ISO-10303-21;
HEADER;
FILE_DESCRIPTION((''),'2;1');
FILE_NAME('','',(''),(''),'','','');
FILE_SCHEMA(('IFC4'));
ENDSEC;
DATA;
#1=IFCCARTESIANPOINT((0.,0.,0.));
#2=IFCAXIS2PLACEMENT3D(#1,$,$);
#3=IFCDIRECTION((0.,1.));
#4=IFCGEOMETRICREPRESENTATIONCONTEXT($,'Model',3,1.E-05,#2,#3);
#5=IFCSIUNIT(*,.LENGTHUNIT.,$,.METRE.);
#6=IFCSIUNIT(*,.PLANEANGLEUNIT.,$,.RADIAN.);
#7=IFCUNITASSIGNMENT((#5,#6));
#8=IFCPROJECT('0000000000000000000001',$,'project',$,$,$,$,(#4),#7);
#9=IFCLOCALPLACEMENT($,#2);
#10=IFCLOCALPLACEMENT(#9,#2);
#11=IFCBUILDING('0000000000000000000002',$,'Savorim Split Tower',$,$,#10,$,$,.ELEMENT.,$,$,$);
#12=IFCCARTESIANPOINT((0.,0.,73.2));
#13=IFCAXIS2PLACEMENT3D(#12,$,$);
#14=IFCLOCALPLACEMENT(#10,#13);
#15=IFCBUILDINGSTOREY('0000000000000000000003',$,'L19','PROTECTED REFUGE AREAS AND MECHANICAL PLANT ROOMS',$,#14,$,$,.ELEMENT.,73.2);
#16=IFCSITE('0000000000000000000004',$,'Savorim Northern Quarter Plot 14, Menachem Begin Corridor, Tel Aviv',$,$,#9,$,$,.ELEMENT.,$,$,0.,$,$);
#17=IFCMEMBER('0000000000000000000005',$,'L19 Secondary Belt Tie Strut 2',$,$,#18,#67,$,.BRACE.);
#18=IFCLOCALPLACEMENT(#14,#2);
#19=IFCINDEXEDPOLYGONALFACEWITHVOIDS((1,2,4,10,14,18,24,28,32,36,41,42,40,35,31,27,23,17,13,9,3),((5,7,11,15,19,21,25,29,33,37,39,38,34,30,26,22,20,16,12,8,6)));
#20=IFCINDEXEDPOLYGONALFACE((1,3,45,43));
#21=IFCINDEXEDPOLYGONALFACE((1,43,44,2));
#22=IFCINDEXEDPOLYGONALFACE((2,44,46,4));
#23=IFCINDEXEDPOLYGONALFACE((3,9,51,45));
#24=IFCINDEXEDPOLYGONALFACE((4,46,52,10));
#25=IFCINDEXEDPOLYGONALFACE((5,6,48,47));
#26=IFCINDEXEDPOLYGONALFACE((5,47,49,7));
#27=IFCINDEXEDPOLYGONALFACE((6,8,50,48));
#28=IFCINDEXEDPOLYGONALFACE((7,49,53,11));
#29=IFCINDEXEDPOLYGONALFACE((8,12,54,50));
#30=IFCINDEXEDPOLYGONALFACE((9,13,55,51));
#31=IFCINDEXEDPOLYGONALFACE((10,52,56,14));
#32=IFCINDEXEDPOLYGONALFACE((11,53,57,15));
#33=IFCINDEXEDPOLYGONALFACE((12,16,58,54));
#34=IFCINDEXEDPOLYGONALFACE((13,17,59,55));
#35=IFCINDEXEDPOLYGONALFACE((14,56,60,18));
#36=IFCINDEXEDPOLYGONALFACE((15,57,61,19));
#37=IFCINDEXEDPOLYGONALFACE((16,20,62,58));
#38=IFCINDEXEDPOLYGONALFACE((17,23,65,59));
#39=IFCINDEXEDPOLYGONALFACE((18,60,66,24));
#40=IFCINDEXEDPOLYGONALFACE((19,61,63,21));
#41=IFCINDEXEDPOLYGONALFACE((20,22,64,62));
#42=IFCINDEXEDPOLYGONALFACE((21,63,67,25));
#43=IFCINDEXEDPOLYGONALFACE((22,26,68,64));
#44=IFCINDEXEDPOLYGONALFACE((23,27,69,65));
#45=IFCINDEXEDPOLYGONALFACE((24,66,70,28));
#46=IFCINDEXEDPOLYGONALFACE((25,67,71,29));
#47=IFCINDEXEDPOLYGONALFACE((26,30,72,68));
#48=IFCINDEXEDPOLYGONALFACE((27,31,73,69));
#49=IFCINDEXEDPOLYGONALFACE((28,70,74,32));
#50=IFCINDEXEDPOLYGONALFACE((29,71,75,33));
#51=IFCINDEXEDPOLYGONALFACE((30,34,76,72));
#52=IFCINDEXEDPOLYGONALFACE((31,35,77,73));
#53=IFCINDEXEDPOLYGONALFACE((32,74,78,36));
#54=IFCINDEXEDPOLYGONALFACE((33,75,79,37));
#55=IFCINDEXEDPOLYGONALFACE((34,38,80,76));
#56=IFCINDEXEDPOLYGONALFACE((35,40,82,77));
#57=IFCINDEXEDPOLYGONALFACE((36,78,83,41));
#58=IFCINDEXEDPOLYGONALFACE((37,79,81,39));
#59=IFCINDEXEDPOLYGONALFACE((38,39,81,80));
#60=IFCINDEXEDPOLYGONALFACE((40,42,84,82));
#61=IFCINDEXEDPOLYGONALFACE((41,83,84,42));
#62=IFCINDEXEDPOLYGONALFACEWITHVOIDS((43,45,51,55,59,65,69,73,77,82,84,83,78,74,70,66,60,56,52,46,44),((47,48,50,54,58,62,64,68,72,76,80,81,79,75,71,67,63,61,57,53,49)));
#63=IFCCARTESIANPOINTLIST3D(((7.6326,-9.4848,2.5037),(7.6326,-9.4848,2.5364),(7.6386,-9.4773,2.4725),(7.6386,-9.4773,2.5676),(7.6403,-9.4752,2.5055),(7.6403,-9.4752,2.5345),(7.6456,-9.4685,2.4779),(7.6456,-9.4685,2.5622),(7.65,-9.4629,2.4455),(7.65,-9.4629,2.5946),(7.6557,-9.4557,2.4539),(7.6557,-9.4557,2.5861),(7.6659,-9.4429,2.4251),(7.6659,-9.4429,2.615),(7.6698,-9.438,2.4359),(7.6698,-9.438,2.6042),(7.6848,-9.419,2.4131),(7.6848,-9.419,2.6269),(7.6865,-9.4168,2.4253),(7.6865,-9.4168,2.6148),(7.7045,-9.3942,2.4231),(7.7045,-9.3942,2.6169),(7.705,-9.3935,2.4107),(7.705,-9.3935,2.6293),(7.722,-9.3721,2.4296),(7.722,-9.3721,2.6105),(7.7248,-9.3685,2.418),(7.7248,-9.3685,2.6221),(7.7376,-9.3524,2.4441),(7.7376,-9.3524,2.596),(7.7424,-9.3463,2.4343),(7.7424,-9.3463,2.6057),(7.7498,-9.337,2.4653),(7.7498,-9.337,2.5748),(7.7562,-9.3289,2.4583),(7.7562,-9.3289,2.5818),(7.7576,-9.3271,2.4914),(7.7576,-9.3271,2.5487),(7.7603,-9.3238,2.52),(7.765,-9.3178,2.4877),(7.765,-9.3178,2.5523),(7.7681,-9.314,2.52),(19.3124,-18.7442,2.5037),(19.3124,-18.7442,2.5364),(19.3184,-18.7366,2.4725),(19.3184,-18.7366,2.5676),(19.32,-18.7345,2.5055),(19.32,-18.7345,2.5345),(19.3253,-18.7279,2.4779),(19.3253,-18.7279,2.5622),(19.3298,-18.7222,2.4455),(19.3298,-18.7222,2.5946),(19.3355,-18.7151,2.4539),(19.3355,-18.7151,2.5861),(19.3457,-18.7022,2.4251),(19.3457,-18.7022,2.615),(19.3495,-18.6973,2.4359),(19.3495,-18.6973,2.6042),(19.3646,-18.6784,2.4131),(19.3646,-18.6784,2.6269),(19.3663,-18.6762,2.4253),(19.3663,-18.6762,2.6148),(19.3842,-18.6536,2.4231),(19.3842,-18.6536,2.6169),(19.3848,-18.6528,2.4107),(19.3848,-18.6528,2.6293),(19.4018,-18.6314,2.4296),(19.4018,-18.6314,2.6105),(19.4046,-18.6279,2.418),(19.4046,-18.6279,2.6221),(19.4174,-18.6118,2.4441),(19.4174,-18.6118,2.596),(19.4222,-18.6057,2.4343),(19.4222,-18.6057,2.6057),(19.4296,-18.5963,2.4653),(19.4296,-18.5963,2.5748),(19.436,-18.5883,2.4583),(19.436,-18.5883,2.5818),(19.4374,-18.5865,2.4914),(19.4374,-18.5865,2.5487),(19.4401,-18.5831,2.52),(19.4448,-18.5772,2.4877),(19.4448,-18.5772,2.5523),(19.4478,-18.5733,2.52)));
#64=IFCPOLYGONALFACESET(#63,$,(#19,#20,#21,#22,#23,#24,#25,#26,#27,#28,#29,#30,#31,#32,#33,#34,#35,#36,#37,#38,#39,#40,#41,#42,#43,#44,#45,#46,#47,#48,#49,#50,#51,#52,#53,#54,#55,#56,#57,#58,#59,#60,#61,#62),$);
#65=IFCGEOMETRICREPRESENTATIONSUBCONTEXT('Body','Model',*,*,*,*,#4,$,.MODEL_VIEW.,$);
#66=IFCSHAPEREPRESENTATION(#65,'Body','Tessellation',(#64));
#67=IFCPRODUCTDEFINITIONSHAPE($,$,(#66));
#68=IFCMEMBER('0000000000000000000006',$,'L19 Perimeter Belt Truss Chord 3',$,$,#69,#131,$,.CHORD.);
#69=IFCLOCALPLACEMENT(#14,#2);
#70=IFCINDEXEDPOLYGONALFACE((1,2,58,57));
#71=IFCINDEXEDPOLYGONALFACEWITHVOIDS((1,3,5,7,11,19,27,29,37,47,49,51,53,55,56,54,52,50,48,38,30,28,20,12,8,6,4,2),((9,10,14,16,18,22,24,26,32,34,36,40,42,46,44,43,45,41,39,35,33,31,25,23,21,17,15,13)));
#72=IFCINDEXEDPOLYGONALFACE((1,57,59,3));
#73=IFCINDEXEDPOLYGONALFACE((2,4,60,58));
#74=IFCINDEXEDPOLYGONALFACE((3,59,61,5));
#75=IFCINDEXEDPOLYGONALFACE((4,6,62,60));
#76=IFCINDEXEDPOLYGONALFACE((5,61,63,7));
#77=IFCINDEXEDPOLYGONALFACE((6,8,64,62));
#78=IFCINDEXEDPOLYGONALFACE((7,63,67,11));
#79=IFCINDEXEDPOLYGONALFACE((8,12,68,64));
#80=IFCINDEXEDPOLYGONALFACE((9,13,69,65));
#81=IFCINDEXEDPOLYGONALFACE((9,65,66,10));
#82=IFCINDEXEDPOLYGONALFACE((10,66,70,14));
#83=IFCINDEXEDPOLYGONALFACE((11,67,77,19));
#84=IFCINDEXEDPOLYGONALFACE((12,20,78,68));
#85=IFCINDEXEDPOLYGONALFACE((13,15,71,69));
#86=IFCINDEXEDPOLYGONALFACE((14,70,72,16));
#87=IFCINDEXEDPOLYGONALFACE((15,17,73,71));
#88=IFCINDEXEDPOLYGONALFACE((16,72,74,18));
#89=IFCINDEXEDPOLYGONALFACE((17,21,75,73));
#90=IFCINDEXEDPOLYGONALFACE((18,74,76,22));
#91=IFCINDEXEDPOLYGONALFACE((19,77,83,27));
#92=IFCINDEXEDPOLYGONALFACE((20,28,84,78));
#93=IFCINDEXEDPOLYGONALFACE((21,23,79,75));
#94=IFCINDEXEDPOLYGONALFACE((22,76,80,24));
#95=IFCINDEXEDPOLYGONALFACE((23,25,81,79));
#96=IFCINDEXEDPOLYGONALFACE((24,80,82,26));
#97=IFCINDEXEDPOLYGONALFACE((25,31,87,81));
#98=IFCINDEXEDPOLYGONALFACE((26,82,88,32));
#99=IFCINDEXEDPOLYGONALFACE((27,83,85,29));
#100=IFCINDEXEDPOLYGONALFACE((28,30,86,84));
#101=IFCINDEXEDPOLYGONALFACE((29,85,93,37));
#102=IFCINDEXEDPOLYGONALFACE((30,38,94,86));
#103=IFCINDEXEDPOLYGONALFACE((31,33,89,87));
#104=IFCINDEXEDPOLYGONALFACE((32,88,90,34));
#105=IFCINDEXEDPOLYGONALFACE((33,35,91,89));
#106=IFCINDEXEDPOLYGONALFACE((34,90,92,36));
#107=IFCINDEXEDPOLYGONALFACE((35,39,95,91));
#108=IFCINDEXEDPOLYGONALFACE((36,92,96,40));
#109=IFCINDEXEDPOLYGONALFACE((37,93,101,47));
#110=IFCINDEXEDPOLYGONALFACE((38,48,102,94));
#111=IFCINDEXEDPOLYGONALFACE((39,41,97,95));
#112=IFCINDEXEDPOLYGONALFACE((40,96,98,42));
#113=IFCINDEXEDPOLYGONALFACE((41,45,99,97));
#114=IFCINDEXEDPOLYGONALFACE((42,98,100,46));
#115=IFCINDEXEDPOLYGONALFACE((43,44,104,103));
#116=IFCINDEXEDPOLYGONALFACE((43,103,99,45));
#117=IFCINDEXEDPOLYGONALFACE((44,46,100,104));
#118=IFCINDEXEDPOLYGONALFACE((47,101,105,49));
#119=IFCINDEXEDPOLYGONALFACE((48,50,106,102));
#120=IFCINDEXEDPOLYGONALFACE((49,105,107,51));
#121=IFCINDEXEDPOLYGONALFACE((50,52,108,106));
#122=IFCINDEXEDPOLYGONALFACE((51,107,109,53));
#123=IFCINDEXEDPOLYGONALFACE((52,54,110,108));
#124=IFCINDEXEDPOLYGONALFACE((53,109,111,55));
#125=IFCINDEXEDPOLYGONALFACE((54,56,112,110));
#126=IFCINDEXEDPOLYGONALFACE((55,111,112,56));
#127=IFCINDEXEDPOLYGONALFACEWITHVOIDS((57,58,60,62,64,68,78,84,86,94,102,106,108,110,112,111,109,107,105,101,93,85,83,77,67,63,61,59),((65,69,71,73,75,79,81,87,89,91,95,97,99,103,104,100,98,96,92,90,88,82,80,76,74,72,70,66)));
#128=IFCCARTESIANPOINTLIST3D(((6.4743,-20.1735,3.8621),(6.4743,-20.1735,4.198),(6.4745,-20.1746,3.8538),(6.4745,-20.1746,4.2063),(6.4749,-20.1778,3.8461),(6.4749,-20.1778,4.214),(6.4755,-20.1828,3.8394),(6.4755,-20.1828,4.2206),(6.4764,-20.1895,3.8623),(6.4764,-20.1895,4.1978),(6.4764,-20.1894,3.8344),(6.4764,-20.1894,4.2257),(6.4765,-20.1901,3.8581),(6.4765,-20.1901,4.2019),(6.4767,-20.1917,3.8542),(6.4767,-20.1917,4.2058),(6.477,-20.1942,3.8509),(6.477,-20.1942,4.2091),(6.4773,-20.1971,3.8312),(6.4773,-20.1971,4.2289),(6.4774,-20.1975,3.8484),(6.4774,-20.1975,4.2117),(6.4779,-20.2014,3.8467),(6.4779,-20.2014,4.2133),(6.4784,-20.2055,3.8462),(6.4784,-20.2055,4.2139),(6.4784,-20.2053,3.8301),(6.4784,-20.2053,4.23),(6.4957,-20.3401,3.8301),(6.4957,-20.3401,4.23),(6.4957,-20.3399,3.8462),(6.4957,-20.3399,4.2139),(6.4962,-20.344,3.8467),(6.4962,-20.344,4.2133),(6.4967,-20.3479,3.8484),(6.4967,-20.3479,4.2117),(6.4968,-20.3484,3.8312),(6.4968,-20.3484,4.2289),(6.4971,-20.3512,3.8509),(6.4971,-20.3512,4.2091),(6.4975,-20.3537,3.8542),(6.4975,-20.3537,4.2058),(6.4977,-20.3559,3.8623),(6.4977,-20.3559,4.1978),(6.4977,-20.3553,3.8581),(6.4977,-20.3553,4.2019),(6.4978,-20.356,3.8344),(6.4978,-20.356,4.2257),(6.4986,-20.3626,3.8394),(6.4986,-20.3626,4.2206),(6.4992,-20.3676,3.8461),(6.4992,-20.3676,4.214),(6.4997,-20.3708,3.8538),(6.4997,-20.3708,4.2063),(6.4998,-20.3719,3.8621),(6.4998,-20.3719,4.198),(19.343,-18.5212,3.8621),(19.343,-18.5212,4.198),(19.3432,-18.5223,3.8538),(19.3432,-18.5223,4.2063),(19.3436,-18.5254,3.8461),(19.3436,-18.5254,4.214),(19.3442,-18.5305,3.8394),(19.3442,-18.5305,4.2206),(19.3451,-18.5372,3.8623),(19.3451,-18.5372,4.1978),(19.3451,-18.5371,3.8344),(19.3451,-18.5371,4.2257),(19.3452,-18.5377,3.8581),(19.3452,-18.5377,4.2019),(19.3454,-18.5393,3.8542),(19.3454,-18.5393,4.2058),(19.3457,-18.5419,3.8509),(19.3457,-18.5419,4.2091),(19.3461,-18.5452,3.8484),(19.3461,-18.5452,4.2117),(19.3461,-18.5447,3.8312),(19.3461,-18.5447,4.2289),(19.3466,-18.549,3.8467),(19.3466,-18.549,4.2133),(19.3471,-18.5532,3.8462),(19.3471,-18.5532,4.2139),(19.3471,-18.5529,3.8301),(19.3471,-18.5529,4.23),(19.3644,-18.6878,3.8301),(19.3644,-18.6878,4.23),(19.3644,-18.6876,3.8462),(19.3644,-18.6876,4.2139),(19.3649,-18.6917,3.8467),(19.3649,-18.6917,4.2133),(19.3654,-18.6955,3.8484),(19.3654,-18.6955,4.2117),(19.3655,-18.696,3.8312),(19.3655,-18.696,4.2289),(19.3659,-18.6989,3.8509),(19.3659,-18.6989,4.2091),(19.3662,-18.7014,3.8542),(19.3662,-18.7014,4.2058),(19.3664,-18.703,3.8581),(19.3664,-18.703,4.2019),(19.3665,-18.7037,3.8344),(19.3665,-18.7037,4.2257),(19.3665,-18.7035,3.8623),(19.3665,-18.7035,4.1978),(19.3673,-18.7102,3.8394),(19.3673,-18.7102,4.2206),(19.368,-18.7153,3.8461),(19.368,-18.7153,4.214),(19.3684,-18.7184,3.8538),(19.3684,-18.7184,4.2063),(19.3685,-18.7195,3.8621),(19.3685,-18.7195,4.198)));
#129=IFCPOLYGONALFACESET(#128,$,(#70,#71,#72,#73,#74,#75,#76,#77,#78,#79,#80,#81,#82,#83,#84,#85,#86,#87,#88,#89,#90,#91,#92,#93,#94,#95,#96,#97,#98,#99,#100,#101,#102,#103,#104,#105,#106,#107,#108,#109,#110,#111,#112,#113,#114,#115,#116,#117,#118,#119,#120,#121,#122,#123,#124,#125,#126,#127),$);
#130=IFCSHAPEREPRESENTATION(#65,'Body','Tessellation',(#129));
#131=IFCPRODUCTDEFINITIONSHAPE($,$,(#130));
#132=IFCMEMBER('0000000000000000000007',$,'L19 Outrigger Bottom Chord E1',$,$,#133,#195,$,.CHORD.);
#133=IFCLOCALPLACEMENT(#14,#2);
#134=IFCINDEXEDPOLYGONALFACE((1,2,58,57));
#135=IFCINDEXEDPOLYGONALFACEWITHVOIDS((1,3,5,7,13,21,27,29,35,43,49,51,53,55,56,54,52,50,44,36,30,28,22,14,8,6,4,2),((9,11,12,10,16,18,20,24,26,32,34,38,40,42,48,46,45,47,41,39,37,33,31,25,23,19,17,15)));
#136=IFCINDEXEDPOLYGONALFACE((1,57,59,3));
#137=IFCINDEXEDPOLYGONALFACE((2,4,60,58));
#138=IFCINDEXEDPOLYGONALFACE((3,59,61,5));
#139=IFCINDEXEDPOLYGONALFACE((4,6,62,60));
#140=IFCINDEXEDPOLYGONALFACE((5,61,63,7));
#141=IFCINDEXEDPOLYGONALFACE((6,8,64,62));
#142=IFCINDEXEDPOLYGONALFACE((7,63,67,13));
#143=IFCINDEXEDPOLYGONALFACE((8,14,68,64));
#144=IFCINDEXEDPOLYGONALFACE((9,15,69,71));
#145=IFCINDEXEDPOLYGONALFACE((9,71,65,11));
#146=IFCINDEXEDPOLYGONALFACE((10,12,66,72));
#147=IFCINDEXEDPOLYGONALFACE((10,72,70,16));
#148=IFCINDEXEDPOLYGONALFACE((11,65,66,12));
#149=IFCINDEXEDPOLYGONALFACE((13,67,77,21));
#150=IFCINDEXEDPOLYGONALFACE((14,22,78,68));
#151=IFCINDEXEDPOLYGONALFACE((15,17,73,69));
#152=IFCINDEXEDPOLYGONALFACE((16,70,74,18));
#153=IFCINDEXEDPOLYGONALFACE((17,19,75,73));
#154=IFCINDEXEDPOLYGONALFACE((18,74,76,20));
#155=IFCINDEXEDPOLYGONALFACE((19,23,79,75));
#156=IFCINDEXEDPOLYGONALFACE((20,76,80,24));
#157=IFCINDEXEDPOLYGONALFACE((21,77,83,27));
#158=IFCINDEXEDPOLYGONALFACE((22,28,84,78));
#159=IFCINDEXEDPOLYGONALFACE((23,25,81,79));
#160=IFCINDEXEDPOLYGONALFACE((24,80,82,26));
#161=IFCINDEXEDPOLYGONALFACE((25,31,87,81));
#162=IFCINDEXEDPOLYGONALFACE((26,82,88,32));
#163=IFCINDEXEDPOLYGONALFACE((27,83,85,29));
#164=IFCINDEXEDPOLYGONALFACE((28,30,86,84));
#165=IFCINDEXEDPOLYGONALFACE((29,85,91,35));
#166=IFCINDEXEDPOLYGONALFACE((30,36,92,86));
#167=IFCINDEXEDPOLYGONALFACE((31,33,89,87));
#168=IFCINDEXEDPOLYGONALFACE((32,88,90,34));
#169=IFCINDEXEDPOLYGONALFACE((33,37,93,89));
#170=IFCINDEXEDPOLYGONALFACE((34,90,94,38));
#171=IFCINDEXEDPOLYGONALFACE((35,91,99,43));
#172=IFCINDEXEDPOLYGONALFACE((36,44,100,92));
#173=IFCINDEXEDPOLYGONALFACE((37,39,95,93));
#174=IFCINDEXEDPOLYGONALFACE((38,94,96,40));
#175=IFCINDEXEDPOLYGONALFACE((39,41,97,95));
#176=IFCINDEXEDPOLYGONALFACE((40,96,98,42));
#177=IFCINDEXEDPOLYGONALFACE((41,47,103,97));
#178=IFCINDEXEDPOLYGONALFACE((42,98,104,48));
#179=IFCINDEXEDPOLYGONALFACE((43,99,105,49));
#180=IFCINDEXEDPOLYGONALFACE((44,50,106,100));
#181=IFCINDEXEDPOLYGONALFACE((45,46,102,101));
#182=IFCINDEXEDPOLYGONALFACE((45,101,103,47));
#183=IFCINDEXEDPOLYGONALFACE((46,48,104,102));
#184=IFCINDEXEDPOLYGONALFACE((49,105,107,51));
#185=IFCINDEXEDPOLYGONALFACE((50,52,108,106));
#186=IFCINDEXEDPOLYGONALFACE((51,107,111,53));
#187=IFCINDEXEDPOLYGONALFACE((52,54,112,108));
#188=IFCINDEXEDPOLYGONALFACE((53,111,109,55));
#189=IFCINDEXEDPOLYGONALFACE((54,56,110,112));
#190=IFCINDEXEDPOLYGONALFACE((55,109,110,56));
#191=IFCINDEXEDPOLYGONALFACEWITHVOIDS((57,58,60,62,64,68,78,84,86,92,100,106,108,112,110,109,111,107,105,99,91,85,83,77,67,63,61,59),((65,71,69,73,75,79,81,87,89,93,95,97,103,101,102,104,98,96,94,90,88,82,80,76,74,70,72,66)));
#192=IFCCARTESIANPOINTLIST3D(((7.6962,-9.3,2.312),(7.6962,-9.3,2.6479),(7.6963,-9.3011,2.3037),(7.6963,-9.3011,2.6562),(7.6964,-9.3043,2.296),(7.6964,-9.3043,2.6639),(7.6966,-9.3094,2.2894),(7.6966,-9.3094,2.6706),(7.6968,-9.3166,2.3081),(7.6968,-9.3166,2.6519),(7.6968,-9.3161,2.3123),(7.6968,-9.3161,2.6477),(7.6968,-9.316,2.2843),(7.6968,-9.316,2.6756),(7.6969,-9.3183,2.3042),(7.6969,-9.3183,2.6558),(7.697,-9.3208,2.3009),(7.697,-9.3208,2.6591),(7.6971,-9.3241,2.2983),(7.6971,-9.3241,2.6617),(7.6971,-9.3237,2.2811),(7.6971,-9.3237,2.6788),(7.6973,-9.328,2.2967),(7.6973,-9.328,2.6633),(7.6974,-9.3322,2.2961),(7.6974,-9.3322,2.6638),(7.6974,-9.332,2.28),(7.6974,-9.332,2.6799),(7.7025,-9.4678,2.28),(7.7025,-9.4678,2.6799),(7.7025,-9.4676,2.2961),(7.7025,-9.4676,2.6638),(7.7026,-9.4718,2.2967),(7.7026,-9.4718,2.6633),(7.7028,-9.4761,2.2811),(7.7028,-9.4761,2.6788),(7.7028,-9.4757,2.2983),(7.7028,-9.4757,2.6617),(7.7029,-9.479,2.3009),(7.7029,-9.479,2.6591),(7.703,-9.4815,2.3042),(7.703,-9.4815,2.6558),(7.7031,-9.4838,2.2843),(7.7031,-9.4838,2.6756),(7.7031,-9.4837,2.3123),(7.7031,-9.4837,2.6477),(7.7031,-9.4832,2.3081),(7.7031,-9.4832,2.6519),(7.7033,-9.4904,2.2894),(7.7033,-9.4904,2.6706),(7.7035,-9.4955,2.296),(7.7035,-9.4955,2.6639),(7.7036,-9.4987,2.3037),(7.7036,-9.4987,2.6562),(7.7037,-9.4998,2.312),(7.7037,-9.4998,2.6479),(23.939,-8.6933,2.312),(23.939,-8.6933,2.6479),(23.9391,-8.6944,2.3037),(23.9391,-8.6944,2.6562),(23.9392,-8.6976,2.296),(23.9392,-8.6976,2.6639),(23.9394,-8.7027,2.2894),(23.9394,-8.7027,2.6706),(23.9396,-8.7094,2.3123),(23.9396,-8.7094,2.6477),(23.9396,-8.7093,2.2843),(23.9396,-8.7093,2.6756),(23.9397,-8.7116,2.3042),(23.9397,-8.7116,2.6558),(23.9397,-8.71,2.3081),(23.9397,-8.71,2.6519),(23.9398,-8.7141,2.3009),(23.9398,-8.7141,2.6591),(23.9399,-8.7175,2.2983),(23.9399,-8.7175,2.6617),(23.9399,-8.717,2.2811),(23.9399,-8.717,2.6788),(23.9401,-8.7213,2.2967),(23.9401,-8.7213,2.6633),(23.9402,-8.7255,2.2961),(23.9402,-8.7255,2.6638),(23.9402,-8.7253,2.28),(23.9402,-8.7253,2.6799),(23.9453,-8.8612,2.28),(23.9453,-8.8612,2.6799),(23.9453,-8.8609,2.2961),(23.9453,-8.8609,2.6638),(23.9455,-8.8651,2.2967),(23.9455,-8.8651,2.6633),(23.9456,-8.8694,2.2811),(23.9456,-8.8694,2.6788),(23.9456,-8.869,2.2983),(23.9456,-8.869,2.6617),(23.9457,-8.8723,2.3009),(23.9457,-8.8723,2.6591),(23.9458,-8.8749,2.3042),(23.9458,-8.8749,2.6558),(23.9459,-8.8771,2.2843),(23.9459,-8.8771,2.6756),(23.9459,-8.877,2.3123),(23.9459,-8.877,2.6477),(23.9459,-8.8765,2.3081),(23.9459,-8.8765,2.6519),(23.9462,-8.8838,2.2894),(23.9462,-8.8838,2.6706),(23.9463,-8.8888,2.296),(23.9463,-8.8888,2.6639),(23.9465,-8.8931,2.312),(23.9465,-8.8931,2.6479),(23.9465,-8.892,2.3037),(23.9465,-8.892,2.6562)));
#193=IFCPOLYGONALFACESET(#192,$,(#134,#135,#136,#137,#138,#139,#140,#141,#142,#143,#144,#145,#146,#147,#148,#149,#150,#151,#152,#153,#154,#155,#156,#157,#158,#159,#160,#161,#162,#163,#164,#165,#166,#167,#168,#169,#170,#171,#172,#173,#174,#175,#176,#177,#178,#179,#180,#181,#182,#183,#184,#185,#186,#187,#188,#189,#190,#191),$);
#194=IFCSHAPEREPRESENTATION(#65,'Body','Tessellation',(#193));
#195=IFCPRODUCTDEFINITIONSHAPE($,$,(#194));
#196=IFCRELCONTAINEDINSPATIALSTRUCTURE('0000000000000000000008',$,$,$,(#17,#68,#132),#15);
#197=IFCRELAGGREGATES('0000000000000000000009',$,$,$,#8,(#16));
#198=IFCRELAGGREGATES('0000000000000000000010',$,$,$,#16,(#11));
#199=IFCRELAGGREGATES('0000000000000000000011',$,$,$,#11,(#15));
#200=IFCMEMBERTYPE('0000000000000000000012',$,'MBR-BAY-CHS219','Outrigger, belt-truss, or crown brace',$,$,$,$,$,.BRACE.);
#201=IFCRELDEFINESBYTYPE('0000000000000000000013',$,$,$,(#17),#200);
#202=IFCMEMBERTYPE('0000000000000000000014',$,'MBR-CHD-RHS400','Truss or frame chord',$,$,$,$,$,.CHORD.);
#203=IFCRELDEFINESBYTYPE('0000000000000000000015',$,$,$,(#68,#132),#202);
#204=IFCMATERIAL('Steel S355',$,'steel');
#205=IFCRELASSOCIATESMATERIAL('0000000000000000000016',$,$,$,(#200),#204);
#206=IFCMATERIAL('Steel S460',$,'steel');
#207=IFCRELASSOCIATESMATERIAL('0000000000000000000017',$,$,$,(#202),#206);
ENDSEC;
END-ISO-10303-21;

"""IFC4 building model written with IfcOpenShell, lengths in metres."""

from ifc_helpers import new_model, si_unit, direction, frame, origin, origin_2d, place, context, subcontext, project, spatial, hollow_rectangle, hollow_circle, extrude, material, material_profile, profile_set, type_object, element, save


model = new_model("IFC4")

# Units and contexts
model_context = context("Model", 3, precision=1e-05, world=origin(), true_north=direction((0.0, 1.0)))
body_context = subcontext(model_context, "Body", "Model", "MODEL_VIEW")
ifc_project = project(units=[si_unit("LENGTHUNIT", "METRE"), si_unit("PLANEANGLEUNIT", "RADIAN")], contexts=[model_context])

# Site, building, storey
site_placement = place(None, origin())
site = spatial("IfcSite", under=ifc_project, at=site_placement, Name="Savorim Northern Quarter Plot 14, Menachem Begin Corridor, Tel Aviv", CompositionType="ELEMENT", RefElevation=0.0)
building_placement = place(site_placement, origin())
building = spatial("IfcBuilding", under=site, at=building_placement, Name="Savorim Split Tower", CompositionType="ELEMENT")
storey_placement = place(building_placement, frame((0.0, 0.0, 73.2)))
storey = spatial("IfcBuildingStorey", under=building, at=storey_placement, Name="L19", Description="PROTECTED REFUGE AREAS AND MECHANICAL PLANT ROOMS", CompositionType="ELEMENT", Elevation=73.2)

# Shared definitions
ifc_material_1 = material(Name="Steel S460", Category="steel")

# Shared definitions
ifc_material_2 = material(Name="Steel S355", Category="steel")

# Members
ifc_material_profile_1 = material_profile(ifc_material_2, hollow_circle(Radius=0.1096, WallThickness=0.0125, at=origin_2d()), Name="CHS 219.1x12.5")
ifc_profile_set_1 = profile_set([ifc_material_profile_1], Name="Steel S355")
member_type_1 = type_object("IfcMemberType", Name="MBR-BAY-CHS219", Description="Outrigger, belt-truss, or crown brace", PredefinedType="BRACE", material=ifc_profile_set_1)
member_1_placement = place(storey_placement, frame((7.7, -9.3999, 2.52), z_axis=(0.783626, -0.621233, 0.0), x_axis=(0.621233, 0.783626, 0.0)))
element("IfcMember", 1, at=member_1_placement, inside=storey, type_object=member_type_1, Name="L19 Secondary Belt Tie Strut 2", PredefinedType="BRACE", context=body_context, shape_type="SweptSolid", body=[
    extrude(hollow_circle(Radius=0.1096, WallThickness=0.0125, at=origin_2d()), origin(), (0.0, 0.0, 1.0), 14.9048),
])
ifc_material_profile_2 = material_profile(ifc_material_1, hollow_rectangle(XDim=0.2, YDim=0.3999, WallThickness=0.0161, InnerFilletRadius=0.0161, OuterFilletRadius=0.032, at=origin_2d()), Name="RHS 400x200x16")
ifc_profile_set_2 = profile_set([ifc_material_profile_2], Name="Steel S460")
member_type_2 = type_object("IfcMemberType", Name="MBR-CHD-RHS400", Description="Truss or frame chord", PredefinedType="CHORD", material=ifc_profile_set_2)
member_2_placement = place(storey_placement, frame((6.4871, -20.2727, 4.03), z_axis=(0.991857, 0.127355, 0.0), x_axis=(-0.127355, 0.991857, 0.0)))
element("IfcMember", 2, at=member_2_placement, inside=storey, type_object=member_type_2, Name="L19 Perimeter Belt Truss Chord 3", PredefinedType="CHORD", context=body_context, shape_type="SweptSolid", body=[
    extrude(hollow_rectangle(XDim=0.2, YDim=0.3999, WallThickness=0.0161, InnerFilletRadius=0.0161, OuterFilletRadius=0.032, at=origin_2d()), origin(), (0.0, 0.0, 1.0), 12.9744),
])
member_3_placement = place(storey_placement, frame((7.7, -9.3999, 2.48), z_axis=(0.999303, 0.037325, 0.0), x_axis=(-0.037325, 0.999303, 0.0)))
element("IfcMember", 3, at=member_3_placement, inside=storey, type_object=member_type_2, Name="L19 Outrigger Bottom Chord E1", PredefinedType="CHORD", context=body_context, shape_type="SweptSolid", body=[
    extrude(hollow_rectangle(XDim=0.2, YDim=0.3999, WallThickness=0.0161, InnerFilletRadius=0.0161, OuterFilletRadius=0.032, at=origin_2d()), origin(), (0.0, 0.0, 1.0), 16.2542),
])

save(model, "model.ifc")
